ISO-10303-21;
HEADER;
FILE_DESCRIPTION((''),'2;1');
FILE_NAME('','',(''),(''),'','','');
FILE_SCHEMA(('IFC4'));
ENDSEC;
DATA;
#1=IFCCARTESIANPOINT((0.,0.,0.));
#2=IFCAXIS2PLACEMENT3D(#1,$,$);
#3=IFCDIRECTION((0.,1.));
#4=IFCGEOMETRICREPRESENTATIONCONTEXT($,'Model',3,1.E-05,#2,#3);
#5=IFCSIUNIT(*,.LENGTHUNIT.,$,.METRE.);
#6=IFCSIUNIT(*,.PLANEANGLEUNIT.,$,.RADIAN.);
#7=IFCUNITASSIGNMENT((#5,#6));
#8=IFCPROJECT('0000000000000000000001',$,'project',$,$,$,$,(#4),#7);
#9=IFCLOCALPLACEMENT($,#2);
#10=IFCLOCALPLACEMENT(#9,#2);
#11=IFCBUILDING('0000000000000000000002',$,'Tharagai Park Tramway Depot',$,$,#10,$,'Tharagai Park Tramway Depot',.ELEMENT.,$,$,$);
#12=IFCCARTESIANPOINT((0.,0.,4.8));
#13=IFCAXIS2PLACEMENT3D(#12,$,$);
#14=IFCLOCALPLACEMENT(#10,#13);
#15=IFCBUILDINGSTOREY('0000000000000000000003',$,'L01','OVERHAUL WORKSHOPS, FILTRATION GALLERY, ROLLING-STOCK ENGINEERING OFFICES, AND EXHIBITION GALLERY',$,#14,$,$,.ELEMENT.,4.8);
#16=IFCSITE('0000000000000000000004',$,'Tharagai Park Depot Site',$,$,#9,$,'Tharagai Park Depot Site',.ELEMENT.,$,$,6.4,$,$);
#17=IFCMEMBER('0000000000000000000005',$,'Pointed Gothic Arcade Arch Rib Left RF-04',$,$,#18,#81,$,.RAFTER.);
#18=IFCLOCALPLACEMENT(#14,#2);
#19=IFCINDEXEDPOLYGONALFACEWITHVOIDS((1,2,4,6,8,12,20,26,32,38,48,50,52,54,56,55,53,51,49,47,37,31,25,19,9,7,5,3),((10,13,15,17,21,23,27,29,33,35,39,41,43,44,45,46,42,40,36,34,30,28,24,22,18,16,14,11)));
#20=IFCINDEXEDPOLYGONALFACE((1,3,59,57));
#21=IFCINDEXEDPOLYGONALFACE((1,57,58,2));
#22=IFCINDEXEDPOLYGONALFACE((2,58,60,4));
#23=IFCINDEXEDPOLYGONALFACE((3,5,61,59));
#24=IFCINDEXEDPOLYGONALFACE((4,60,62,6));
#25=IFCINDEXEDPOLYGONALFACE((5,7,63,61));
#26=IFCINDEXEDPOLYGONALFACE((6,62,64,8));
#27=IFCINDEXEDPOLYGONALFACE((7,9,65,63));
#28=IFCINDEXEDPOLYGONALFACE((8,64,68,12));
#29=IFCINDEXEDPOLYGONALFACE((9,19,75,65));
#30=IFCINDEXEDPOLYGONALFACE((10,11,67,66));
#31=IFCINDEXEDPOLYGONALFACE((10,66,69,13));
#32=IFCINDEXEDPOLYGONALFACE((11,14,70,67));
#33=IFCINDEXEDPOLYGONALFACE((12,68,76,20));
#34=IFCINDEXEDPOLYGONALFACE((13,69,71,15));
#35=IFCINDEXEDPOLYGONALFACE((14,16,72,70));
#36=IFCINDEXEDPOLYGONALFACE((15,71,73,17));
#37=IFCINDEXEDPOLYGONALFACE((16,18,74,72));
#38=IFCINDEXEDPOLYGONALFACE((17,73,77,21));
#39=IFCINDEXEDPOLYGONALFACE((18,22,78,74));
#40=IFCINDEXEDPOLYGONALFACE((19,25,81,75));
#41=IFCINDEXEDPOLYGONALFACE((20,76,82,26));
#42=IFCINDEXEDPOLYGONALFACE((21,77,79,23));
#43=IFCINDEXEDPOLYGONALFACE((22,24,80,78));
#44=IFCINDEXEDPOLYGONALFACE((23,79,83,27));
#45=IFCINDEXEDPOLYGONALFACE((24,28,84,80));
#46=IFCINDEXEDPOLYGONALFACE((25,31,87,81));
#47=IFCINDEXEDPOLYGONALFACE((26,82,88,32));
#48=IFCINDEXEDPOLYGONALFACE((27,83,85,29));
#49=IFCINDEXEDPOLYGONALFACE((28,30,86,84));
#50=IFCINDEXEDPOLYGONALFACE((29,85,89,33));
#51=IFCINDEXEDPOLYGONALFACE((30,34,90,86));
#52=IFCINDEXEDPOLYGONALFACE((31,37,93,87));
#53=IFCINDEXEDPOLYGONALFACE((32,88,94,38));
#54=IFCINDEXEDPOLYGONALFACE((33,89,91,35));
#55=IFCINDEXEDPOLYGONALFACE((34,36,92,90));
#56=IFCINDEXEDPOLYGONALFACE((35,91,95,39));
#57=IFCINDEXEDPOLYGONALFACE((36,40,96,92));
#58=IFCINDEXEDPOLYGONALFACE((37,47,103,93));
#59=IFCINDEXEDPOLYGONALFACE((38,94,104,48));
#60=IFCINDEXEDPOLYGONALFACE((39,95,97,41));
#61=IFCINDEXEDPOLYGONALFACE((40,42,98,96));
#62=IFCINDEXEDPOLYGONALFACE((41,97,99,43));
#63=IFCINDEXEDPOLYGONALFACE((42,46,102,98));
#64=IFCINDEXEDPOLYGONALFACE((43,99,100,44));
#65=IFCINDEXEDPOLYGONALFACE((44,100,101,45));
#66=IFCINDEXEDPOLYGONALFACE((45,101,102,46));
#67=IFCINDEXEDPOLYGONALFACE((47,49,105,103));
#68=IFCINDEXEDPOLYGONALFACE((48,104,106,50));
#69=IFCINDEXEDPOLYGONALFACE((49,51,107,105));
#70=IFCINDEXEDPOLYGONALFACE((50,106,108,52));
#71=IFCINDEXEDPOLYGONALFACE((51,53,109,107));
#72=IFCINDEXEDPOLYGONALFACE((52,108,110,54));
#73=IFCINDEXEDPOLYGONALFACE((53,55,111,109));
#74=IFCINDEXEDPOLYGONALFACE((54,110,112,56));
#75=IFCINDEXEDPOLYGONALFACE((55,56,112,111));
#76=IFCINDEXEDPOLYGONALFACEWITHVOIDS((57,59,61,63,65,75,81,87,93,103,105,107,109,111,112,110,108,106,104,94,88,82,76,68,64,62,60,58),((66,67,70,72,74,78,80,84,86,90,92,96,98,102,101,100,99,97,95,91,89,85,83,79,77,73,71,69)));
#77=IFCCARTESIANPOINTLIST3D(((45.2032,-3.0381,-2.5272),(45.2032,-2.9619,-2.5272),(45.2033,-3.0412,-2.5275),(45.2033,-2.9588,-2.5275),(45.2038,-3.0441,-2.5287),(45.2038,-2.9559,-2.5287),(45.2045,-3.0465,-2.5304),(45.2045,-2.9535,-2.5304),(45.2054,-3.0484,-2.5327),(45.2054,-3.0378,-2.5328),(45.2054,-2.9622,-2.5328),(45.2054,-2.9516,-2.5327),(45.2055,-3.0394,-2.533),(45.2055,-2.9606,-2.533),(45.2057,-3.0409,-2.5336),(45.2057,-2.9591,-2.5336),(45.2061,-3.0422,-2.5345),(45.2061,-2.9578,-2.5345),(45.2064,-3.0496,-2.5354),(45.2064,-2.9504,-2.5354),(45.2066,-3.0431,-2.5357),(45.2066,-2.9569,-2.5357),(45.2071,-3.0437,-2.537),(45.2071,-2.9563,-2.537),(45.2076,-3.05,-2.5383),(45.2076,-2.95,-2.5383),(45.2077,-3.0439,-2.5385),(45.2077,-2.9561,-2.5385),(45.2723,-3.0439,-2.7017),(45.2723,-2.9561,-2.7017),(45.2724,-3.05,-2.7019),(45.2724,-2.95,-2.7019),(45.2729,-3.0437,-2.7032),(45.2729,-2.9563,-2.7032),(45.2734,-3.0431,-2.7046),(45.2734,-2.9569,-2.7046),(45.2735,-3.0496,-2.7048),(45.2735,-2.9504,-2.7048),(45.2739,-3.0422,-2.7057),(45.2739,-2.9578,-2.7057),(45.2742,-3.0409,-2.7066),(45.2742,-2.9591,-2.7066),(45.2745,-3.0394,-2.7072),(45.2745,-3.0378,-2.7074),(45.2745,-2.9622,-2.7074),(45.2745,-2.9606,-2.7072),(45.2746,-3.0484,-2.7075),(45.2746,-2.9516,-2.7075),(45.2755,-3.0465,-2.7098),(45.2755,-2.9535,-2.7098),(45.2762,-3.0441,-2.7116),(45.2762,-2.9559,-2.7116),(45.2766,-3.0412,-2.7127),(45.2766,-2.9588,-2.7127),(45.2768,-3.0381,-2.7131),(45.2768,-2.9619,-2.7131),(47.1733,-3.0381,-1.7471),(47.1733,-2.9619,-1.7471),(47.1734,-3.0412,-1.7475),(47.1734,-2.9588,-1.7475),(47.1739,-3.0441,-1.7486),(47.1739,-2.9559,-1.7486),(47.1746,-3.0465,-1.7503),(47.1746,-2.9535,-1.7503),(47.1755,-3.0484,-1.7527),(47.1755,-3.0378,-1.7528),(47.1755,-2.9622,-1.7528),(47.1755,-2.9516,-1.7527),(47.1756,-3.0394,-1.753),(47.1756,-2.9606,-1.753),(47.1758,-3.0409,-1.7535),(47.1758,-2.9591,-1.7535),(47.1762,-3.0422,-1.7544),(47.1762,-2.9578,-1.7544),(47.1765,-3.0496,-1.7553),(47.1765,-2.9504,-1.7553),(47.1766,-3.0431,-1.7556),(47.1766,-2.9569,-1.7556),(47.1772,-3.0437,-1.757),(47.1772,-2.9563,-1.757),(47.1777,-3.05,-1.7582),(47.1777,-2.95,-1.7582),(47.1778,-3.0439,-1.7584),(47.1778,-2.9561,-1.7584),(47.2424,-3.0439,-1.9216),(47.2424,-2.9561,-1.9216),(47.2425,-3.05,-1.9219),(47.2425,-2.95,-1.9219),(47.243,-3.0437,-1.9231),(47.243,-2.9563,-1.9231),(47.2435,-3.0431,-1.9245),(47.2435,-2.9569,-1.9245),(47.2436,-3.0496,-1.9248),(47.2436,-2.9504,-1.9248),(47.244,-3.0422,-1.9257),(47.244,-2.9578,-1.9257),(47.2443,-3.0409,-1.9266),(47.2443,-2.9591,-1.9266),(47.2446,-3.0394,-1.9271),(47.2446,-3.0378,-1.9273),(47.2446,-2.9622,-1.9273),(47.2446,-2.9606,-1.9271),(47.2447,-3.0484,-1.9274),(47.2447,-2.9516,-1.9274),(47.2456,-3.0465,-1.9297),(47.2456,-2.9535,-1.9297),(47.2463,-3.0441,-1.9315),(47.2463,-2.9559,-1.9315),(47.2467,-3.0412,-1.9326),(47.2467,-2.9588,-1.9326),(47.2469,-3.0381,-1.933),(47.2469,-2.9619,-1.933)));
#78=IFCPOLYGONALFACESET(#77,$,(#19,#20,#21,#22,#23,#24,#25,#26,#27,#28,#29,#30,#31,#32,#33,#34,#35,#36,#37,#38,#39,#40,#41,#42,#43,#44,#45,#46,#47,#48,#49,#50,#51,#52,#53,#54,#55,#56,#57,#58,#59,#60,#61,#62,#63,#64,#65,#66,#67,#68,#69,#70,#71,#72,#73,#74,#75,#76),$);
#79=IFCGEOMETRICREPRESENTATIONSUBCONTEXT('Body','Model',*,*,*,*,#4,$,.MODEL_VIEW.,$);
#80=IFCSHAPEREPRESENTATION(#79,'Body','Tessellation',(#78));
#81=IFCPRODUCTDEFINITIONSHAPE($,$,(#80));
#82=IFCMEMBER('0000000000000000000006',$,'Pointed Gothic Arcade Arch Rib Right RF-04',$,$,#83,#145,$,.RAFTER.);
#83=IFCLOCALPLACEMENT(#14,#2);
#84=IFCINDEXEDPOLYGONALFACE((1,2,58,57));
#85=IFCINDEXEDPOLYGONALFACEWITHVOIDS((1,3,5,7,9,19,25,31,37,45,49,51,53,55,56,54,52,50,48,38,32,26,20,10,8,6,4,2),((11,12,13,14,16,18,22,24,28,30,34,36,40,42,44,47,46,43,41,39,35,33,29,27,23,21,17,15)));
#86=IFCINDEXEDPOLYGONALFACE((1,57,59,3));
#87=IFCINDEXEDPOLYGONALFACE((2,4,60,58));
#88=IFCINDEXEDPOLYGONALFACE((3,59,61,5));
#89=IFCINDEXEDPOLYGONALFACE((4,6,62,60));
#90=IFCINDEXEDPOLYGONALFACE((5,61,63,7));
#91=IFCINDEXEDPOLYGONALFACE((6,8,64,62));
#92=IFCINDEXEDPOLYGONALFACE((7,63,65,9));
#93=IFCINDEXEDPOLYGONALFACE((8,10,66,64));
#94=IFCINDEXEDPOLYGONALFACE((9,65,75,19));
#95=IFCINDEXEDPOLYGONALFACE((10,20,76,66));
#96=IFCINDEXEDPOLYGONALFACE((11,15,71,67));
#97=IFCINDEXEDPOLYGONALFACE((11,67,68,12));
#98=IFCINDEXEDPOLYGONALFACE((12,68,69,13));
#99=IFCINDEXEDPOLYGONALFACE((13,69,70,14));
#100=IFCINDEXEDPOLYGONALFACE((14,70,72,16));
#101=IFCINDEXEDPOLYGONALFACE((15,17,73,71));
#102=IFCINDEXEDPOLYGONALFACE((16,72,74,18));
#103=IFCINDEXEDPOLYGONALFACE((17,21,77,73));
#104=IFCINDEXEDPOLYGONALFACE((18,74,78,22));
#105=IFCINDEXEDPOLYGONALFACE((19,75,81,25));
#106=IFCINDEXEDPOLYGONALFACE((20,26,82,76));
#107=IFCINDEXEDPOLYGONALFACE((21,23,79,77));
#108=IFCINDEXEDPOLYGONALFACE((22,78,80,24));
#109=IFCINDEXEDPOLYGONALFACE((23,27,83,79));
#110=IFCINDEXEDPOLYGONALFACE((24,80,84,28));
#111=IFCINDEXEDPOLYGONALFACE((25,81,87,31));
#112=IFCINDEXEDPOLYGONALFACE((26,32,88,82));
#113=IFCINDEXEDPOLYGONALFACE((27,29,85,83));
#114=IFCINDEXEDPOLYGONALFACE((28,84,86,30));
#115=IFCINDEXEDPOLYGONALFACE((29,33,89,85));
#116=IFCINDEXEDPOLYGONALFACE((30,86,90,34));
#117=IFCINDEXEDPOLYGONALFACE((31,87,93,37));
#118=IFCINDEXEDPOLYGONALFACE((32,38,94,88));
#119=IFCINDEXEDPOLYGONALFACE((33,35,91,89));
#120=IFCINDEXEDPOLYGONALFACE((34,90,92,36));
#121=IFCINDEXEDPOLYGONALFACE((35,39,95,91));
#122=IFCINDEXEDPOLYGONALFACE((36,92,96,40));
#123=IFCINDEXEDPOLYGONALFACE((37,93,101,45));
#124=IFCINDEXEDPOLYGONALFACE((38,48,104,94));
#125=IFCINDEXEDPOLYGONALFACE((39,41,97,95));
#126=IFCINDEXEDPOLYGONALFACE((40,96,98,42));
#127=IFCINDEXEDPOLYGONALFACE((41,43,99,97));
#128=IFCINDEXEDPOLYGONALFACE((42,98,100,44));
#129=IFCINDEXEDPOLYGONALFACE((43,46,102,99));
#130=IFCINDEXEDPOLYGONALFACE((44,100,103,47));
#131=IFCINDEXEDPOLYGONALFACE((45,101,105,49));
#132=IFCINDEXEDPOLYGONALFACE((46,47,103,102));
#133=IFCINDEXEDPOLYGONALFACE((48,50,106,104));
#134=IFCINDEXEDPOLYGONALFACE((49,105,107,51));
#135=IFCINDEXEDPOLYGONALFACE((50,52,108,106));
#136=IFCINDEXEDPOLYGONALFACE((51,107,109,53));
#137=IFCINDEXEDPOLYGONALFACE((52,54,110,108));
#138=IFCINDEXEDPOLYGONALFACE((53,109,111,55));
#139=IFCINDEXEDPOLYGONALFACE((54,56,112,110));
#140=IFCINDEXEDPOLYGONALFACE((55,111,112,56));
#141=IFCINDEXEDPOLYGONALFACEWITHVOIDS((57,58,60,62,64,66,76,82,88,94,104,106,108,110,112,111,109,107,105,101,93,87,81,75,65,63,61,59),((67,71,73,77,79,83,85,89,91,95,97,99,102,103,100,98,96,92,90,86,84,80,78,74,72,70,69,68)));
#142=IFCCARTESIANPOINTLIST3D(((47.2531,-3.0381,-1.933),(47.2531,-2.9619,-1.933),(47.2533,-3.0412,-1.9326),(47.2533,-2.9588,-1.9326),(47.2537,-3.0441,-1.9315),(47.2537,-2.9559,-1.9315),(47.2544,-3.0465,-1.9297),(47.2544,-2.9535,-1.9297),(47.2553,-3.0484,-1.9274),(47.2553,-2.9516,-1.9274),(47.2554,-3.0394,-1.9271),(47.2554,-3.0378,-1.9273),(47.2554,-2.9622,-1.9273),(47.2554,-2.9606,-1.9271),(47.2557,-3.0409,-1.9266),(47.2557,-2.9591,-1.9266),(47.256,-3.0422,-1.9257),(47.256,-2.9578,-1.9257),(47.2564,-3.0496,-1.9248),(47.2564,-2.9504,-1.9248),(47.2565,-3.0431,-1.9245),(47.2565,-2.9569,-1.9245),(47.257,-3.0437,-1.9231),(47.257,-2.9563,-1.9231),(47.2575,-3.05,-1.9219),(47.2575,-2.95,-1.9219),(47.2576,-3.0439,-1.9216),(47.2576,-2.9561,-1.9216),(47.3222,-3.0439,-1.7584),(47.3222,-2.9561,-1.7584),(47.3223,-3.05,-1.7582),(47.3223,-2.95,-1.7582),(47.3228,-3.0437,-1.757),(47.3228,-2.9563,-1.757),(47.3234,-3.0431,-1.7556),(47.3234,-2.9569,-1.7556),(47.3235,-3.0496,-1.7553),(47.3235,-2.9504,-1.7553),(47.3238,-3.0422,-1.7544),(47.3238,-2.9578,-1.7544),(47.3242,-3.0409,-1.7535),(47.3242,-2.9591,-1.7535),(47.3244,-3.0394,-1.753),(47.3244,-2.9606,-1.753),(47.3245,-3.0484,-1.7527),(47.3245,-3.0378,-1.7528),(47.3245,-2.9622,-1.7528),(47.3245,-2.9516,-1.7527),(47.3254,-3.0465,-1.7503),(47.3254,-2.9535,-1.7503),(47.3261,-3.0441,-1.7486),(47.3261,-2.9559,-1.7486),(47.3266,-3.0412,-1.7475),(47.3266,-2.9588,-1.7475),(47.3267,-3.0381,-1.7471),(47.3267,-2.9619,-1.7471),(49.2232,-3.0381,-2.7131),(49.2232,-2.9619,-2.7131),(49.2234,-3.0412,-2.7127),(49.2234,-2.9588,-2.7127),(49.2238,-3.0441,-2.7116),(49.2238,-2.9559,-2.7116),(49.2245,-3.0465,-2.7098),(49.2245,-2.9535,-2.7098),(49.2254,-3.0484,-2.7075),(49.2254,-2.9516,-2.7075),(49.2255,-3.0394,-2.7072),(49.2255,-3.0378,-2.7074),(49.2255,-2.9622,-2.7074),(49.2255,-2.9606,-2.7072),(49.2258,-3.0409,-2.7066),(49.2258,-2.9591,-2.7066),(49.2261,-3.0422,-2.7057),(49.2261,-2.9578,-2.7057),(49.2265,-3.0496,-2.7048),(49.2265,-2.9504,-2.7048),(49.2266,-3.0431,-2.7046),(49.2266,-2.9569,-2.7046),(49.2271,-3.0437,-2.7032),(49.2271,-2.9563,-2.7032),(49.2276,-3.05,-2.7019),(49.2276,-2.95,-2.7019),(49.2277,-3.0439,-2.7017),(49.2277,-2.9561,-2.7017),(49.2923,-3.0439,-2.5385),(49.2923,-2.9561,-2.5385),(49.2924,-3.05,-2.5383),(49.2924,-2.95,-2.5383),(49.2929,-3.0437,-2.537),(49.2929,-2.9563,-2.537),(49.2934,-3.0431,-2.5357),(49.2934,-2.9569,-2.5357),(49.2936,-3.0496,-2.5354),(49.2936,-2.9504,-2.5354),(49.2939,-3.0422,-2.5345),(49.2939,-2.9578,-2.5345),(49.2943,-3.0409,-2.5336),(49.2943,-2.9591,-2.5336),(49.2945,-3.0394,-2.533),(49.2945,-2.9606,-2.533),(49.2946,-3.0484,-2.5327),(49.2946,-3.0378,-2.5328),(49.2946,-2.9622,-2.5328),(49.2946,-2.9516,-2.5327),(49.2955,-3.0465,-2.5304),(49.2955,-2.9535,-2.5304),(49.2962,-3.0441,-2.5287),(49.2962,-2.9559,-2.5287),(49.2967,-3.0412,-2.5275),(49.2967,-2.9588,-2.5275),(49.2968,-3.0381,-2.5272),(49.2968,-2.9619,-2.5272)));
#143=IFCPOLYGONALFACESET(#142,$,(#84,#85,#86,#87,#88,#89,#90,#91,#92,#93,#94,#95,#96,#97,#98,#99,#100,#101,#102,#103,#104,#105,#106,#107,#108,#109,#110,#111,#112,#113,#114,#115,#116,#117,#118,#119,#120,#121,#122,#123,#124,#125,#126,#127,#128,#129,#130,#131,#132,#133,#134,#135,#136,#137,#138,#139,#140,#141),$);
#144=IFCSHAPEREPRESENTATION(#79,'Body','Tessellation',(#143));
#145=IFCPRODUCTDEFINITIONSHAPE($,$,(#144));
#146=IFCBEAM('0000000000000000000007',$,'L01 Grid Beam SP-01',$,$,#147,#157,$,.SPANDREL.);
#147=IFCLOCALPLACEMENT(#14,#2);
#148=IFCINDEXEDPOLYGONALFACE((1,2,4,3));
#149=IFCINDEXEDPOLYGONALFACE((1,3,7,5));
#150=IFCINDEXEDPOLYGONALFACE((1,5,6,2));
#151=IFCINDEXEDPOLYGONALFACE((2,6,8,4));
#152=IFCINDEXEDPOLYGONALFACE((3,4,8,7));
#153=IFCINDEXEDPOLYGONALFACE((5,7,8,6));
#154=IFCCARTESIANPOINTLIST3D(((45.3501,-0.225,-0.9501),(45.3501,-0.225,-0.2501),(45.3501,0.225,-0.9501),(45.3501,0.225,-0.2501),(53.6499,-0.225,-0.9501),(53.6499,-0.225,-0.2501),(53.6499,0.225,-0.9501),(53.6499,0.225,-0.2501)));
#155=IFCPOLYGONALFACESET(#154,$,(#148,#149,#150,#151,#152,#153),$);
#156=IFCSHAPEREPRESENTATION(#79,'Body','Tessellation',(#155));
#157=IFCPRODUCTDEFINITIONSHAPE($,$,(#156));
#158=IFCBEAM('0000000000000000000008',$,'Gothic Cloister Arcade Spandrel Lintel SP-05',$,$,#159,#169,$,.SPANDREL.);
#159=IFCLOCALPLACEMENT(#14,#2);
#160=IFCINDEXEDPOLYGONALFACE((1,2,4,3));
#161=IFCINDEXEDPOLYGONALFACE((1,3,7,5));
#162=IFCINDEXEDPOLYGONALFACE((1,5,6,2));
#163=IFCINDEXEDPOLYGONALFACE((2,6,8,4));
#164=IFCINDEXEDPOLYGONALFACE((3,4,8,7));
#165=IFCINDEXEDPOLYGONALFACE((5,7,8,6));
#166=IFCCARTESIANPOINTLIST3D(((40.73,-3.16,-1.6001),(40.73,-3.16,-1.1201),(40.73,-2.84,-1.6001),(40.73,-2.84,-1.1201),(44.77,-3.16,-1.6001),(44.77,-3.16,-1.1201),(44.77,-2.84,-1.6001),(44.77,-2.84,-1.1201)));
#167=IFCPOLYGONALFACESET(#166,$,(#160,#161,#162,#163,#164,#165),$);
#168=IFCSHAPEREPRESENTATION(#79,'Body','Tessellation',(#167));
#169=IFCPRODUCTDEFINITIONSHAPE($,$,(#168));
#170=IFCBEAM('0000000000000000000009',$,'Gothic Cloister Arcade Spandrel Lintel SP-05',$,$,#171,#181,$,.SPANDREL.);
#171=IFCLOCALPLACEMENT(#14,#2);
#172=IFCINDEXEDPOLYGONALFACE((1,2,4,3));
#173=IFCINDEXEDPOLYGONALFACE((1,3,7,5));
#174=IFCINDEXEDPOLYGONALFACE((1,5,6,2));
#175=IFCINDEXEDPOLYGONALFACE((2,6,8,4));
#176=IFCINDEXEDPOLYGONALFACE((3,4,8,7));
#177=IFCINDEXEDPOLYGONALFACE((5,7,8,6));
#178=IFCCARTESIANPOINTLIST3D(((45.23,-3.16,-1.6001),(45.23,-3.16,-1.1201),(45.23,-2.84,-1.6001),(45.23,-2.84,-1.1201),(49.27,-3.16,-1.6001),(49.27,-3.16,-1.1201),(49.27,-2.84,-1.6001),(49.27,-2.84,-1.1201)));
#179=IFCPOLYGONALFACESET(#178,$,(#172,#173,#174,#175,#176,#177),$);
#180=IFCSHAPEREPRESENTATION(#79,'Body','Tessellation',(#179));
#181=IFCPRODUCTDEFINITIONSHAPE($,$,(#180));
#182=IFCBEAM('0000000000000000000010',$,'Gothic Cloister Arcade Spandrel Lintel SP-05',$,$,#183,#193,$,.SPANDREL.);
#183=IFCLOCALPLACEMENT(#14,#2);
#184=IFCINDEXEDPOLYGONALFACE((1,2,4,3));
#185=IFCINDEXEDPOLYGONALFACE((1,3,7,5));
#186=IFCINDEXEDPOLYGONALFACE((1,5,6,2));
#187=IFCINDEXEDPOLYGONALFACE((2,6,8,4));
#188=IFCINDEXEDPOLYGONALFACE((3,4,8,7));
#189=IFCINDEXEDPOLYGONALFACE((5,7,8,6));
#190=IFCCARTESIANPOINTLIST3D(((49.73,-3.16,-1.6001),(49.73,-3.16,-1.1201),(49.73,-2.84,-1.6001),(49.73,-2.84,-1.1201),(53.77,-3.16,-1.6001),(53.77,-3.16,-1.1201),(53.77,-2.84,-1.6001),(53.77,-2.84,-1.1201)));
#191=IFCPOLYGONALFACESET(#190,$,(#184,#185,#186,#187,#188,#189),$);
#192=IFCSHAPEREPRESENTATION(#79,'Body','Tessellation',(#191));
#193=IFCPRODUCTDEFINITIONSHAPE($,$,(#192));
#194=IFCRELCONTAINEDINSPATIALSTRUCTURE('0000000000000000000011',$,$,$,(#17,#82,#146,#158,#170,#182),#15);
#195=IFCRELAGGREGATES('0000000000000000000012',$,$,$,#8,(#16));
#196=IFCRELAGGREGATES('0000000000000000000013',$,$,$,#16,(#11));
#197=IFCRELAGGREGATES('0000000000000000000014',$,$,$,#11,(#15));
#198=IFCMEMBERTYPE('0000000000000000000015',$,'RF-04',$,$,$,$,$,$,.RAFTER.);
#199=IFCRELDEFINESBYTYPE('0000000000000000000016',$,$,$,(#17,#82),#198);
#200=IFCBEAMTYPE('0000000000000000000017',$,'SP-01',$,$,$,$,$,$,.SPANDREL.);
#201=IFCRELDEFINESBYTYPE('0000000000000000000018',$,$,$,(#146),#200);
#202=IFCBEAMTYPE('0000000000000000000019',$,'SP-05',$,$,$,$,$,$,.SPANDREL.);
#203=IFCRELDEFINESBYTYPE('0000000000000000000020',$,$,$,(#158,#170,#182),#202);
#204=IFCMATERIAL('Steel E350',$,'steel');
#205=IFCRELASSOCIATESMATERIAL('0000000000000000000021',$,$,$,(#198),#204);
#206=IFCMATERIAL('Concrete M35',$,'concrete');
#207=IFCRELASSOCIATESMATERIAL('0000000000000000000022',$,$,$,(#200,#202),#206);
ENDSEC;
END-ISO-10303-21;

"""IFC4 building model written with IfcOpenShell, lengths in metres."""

from ifc_helpers import new_model, si_unit, direction, frame, origin, origin_2d, place, context, subcontext, project, spatial, rectangle, hollow_rectangle, extrude, material, material_profile, profile_set, type_object, element, save


model = new_model("IFC4")

# Units and contexts
model_context = context("Model", 3, precision=1e-05, world=origin(), true_north=direction((0.0, 1.0)))
body_context = subcontext(model_context, "Body", "Model", "MODEL_VIEW")
ifc_project = project(units=[si_unit("LENGTHUNIT", "METRE"), si_unit("PLANEANGLEUNIT", "RADIAN")], contexts=[model_context])

# Site, building, storey
site_placement = place(None, origin())
site = spatial("IfcSite", under=ifc_project, at=site_placement, Name="Tharagai Park Depot Site", LongName="Tharagai Park Depot Site", CompositionType="ELEMENT", RefElevation=6.4)
building_placement = place(site_placement, origin())
building = spatial("IfcBuilding", under=site, at=building_placement, Name="Tharagai Park Tramway Depot", LongName="Tharagai Park Tramway Depot", CompositionType="ELEMENT")
storey_placement = place(building_placement, frame((0.0, 0.0, 4.8)))
storey = spatial("IfcBuildingStorey", under=building, at=storey_placement, Name="L01", Description="OVERHAUL WORKSHOPS, FILTRATION GALLERY, ROLLING-STOCK ENGINEERING OFFICES, AND EXHIBITION GALLERY", CompositionType="ELEMENT", Elevation=4.8)

# Shared definitions
ifc_material_1 = material(Name="Concrete M35", Category="concrete")

# Members
ifc_material_2 = material(Name="Steel E350", Category="steel")
ifc_material_profile_1 = material_profile(ifc_material_2, hollow_rectangle(XDim=0.1001, YDim=0.2, WallThickness=0.0061, InnerFilletRadius=0.0061, OuterFilletRadius=0.012, at=origin_2d()), Name="RHS 200x100x6")
ifc_profile_set_1 = profile_set([ifc_material_profile_1], Name="Steel E350")
member_type_1 = type_object("IfcMemberType", Name="RF-04", PredefinedType="RAFTER", material=ifc_profile_set_1)
for number, where, z_axis, x_axis, name in (
    (1, (45.24, -3.0, -2.6201), (0.929766, 0.0, 0.36815), (0.0, 1.0, 0.0), "Pointed Gothic Arcade Arch Rib Left RF-04"),
    (2, (49.26, -3.0, -2.6201), (-0.929766, 0.0, 0.36815), (0.0, -1.0, 0.0), "Pointed Gothic Arcade Arch Rib Right RF-04"),
):
    element("IfcMember", number, at=place(storey_placement, frame(where, z_axis=z_axis, x_axis=x_axis)), inside=storey, type_object=member_type_1, Name=name, PredefinedType="RAFTER", context=body_context, shape_type="SweptSolid", body=[
        extrude(hollow_rectangle(XDim=0.1001, YDim=0.2, WallThickness=0.0061, InnerFilletRadius=0.0061, OuterFilletRadius=0.012, at=origin_2d()), origin(), (0.0, 0.0, 1.0), 2.1189),
    ])

# Beams
ifc_material_profile_2 = material_profile(ifc_material_1, rectangle(XDim=0.45, YDim=0.7, at=origin_2d()), Name="RC 450x700")
ifc_profile_set_2 = profile_set([ifc_material_profile_2], Name="Concrete M35")
beam_type_1 = type_object("IfcBeamType", Name="SP-01", PredefinedType="SPANDREL", material=ifc_profile_set_2)
beam_1_placement = place(storey_placement, frame((45.3501, 0.0, -0.6001), z_axis=(1.0, 0.0, 0.0), x_axis=(0.0, 1.0, 0.0)))
element("IfcBeam", 3, at=beam_1_placement, inside=storey, type_object=beam_type_1, Name="L01 Grid Beam SP-01", PredefinedType="SPANDREL", context=body_context, shape_type="SweptSolid", body=[
    extrude(rectangle(XDim=0.45, YDim=0.7, at=origin_2d()), origin(), (0.0, 0.0, 1.0), 8.2998),
])
ifc_material_profile_3 = material_profile(ifc_material_1, rectangle(XDim=0.3201, YDim=0.48, at=origin_2d()), Name="RC 320x480")
ifc_profile_set_3 = profile_set([ifc_material_profile_3], Name="Concrete M35")
beam_type_2 = type_object("IfcBeamType", Name="SP-05", PredefinedType="SPANDREL", material=ifc_profile_set_3)
for number, where, z_axis, x_axis, name in (
    (4, (40.73, -3.0, -1.3601), (1.0, 0.0, 0.0), (0.0, 1.0, 0.0), "Gothic Cloister Arcade Spandrel Lintel SP-05"),
    (5, (45.23, -3.0, -1.3601), (1.0, 0.0, 0.0), (0.0, 1.0, 0.0), "Gothic Cloister Arcade Spandrel Lintel SP-05"),
    (6, (49.73, -3.0, -1.3601), (1.0, 0.0, 0.0), (0.0, 1.0, 0.0), "Gothic Cloister Arcade Spandrel Lintel SP-05"),
):
    element("IfcBeam", number, at=place(storey_placement, frame(where, z_axis=z_axis, x_axis=x_axis)), inside=storey, type_object=beam_type_2, Name=name, PredefinedType="SPANDREL", context=body_context, shape_type="SweptSolid", body=[
        extrude(rectangle(XDim=0.3201, YDim=0.48, at=origin_2d()), origin(), (0.0, 0.0, 1.0), 4.04),
    ])

save(model, "model.ifc")
